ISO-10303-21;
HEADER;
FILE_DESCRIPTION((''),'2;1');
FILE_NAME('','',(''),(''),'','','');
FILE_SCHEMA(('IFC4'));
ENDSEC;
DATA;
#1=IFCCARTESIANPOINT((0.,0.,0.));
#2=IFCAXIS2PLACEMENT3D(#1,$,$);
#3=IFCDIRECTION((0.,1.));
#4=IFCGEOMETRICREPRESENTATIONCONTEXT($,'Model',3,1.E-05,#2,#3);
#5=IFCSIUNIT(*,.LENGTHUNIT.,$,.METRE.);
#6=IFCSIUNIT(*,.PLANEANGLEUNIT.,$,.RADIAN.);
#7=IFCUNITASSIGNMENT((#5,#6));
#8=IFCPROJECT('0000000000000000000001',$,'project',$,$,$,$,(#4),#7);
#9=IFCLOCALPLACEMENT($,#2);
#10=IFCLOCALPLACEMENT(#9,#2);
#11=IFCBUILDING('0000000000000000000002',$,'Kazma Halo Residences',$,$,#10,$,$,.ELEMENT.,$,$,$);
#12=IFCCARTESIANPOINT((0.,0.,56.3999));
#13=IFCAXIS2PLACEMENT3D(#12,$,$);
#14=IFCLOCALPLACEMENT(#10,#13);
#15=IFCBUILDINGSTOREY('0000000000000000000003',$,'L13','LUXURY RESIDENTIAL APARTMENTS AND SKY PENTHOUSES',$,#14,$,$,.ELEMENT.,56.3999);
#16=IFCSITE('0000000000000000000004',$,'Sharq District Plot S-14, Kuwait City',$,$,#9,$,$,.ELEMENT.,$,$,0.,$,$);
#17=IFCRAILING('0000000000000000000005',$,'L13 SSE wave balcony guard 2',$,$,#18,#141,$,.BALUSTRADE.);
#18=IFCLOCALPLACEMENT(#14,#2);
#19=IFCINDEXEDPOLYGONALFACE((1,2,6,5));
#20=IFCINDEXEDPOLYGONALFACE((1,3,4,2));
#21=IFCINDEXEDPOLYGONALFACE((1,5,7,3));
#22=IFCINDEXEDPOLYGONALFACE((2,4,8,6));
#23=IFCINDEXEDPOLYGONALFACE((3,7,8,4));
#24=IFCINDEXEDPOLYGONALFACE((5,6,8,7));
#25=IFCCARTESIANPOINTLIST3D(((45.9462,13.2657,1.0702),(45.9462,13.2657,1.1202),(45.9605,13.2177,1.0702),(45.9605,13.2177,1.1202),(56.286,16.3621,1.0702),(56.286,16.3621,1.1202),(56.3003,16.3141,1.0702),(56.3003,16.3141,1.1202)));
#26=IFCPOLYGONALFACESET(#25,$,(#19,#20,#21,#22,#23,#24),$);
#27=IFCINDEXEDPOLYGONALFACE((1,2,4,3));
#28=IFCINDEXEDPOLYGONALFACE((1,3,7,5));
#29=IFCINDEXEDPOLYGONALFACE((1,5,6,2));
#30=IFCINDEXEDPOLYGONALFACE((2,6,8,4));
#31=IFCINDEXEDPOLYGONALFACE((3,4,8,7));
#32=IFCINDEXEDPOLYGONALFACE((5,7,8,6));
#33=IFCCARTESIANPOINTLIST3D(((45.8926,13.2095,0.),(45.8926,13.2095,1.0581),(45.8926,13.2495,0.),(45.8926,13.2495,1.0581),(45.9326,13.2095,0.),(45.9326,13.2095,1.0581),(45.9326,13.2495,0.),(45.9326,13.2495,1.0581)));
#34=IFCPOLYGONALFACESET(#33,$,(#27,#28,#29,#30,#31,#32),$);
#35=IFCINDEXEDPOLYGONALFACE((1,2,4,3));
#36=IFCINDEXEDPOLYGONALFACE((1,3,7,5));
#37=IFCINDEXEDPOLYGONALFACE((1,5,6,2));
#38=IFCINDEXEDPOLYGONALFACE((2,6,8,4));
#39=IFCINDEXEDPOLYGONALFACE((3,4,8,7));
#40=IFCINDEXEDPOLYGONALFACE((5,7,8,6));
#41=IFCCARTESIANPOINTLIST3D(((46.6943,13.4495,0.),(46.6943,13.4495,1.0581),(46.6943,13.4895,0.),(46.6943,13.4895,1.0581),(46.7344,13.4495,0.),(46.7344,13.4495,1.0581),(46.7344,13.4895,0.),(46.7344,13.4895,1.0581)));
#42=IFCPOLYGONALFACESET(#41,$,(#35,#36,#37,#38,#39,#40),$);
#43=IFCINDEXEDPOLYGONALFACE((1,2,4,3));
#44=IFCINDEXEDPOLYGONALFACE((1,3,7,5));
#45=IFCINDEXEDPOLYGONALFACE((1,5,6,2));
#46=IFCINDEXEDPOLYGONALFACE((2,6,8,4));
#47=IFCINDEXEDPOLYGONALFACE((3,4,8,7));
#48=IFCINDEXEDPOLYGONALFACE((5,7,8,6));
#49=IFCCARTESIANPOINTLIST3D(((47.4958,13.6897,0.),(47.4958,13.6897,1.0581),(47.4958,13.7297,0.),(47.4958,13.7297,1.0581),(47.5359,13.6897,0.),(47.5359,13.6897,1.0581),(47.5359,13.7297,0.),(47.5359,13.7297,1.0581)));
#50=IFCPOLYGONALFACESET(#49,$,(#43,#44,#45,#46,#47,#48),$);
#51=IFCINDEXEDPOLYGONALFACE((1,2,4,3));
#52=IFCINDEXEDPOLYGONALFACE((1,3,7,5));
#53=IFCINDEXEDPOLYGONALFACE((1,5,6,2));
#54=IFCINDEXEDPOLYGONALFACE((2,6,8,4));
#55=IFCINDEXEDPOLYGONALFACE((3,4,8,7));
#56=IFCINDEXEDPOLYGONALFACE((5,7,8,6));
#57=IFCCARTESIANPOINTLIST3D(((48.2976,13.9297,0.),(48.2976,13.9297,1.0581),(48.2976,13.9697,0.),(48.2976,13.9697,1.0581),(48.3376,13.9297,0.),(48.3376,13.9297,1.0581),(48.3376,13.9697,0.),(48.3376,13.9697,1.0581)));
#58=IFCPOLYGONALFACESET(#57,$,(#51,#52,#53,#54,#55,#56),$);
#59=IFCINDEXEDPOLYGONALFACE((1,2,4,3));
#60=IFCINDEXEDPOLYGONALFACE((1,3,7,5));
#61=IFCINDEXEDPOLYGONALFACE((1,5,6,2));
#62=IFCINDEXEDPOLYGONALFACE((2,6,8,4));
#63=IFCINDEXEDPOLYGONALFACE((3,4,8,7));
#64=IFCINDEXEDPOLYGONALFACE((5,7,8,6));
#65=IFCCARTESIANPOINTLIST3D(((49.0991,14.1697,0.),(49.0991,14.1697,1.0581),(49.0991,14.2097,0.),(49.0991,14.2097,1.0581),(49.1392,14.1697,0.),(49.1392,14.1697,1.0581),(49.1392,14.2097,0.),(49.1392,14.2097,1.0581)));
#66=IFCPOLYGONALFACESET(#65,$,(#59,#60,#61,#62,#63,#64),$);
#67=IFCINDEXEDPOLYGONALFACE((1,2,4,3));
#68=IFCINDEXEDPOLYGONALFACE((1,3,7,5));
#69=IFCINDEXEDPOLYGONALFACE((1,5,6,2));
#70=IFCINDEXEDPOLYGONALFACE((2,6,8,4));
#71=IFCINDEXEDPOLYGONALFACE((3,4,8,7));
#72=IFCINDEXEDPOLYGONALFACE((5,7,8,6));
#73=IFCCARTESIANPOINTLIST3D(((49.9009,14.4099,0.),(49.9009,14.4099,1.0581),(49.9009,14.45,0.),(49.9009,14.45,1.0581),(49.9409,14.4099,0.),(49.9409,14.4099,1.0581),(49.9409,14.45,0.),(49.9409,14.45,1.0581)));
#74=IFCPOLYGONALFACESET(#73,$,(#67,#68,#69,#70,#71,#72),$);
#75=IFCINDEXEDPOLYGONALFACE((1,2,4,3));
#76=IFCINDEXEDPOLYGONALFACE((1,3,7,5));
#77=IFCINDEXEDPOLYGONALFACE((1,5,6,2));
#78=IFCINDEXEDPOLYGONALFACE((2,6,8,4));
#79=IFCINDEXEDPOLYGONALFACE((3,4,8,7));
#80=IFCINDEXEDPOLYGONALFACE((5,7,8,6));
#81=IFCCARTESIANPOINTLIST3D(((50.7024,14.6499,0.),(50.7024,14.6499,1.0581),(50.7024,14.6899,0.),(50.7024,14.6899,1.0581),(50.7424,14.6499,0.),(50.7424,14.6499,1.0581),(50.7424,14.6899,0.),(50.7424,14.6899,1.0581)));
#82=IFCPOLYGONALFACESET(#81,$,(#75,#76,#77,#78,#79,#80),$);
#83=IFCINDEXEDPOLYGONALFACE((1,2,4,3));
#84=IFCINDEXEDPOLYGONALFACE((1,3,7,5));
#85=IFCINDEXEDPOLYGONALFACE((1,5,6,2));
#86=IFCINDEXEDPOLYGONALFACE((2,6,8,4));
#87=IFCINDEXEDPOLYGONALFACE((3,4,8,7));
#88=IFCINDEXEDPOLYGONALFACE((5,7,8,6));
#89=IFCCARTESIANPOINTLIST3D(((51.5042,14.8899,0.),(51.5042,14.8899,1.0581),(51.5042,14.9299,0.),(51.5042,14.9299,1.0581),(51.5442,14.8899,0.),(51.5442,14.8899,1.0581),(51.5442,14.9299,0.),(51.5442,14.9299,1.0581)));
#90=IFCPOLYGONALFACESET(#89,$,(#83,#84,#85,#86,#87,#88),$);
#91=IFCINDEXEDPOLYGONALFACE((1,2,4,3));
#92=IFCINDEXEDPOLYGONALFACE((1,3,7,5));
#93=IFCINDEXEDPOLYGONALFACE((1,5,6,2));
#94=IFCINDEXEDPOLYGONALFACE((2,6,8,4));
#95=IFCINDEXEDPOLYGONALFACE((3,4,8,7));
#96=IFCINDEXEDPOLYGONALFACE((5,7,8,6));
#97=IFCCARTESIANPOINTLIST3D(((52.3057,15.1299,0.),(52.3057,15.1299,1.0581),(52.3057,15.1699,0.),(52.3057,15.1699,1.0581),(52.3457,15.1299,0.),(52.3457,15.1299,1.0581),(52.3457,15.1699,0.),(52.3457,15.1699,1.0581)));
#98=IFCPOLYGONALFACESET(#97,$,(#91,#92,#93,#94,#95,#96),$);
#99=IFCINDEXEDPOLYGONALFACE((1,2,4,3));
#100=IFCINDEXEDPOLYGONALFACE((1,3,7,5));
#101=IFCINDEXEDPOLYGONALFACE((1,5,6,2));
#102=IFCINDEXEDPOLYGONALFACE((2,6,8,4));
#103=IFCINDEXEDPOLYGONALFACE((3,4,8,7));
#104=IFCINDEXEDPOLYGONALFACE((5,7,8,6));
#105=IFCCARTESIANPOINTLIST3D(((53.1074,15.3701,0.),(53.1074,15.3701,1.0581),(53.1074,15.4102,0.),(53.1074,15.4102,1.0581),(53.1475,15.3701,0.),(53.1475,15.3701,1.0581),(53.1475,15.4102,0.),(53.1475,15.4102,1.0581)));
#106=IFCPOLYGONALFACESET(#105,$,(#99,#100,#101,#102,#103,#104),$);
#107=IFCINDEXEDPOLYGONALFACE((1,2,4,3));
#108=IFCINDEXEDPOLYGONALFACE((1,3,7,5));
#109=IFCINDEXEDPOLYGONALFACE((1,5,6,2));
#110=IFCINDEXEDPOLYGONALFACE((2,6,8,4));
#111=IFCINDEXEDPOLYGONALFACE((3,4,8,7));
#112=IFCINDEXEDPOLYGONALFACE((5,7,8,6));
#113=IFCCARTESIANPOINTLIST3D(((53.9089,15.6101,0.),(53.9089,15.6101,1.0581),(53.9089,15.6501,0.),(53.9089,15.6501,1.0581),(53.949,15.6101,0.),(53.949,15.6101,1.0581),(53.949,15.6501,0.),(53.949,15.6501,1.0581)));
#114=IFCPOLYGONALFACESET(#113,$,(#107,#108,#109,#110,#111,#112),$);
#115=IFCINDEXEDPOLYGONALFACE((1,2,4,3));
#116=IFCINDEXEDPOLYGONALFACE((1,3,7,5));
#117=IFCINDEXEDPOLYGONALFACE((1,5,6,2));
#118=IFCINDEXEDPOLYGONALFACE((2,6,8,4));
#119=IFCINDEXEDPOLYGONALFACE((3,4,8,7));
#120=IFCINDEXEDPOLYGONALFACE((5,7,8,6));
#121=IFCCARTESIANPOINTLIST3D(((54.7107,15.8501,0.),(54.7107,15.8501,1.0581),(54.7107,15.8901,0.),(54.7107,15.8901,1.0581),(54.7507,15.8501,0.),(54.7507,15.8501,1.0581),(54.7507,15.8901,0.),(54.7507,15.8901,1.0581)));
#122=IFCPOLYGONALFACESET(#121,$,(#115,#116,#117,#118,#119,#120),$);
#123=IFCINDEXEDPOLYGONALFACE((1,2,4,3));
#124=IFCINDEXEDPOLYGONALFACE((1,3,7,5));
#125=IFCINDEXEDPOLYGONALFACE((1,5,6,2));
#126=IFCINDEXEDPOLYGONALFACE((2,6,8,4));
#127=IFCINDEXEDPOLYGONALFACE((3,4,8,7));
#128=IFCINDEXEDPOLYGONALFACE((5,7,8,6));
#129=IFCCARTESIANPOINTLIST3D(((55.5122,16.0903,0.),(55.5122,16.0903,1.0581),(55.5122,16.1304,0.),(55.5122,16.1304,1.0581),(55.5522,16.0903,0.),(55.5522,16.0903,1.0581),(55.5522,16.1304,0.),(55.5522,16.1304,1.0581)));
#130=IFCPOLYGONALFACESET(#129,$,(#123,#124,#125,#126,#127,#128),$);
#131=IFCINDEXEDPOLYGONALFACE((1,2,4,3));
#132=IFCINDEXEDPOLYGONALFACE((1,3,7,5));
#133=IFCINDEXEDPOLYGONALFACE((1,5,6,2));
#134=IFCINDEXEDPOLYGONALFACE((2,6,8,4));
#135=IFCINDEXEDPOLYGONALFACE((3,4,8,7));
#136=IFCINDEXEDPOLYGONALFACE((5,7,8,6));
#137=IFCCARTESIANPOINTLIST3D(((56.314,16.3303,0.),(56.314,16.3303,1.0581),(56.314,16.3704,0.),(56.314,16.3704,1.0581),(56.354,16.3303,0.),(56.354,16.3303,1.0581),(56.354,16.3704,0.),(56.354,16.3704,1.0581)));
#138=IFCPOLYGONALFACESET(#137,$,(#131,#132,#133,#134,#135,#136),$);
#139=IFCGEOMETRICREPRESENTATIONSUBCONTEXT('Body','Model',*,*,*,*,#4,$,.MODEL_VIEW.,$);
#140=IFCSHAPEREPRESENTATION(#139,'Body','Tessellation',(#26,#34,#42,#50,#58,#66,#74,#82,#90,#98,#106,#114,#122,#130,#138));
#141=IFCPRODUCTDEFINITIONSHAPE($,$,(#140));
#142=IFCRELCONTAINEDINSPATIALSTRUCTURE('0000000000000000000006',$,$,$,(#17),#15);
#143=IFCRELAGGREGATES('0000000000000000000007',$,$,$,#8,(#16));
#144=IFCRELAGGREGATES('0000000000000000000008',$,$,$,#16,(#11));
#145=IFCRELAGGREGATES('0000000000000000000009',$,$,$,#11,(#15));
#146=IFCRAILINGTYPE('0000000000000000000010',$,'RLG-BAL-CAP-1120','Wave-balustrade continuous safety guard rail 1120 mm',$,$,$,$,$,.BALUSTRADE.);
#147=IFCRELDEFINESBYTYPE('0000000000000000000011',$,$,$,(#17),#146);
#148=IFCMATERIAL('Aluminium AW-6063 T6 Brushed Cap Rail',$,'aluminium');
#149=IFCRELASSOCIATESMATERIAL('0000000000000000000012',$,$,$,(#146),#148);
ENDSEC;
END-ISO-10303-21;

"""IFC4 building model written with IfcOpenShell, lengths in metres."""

from ifc_helpers import new_model, si_unit, direction, frame, origin, origin_2d, place, context, subcontext, project, spatial, rectangle, extrude, material, type_object, element, save


model = new_model("IFC4")

# Units and contexts
model_context = context("Model", 3, precision=1e-05, world=origin(), true_north=direction((0.0, 1.0)))
body_context = subcontext(model_context, "Body", "Model", "MODEL_VIEW")
ifc_project = project(units=[si_unit("LENGTHUNIT", "METRE"), si_unit("PLANEANGLEUNIT", "RADIAN")], contexts=[model_context])

# Site, building, storey
site_placement = place(None, origin())
site = spatial("IfcSite", under=ifc_project, at=site_placement, Name="Sharq District Plot S-14, Kuwait City", CompositionType="ELEMENT", RefElevation=0.0)
building_placement = place(site_placement, origin())
building = spatial("IfcBuilding", under=site, at=building_placement, Name="Kazma Halo Residences", CompositionType="ELEMENT")
storey_placement = place(building_placement, frame((0.0, 0.0, 56.3999)))
storey = spatial("IfcBuildingStorey", under=building, at=storey_placement, Name="L13", Description="LUXURY RESIDENTIAL APARTMENTS AND SKY PENTHOUSES", CompositionType="ELEMENT", Elevation=56.3999)

# Railing
ifc_material_1 = material(Name="Aluminium AW-6063 T6 Brushed Cap Rail", Category="aluminium")
railing_type = type_object("IfcRailingType", Name="RLG-BAL-CAP-1120", Description="Wave-balustrade continuous safety guard rail 1120 mm", PredefinedType="BALUSTRADE", material=ifc_material_1)
railing_1_placement = place(storey_placement, frame((45.9126, 13.2295, 0.0)))
element("IfcRailing", 1, at=railing_1_placement, inside=storey, type_object=railing_type, Name="L13 SSE wave balcony guard 2", PredefinedType="BALUSTRADE", context=body_context, shape_type="SweptSolid", body=[
    extrude(rectangle(XDim=0.05, YDim=0.05, at=origin_2d()), frame((0.0408, 0.0122, 1.0952), z_axis=(0.957967, 0.286878, 0.0), x_axis=(-0.286878, 0.957967, 0.0)), (0.0, 0.0, 1.0), 10.7935),
    extrude(rectangle(XDim=0.04, YDim=0.04, at=origin_2d()), origin(), (0.0, 0.0, 1.0), 1.0581),
    extrude(rectangle(XDim=0.04, YDim=0.04, at=origin_2d()), frame((0.8018, 0.24, 0.0)), (0.0, 0.0, 1.0), 1.0581),
    extrude(rectangle(XDim=0.04, YDim=0.04, at=origin_2d()), frame((1.6033, 0.4802, 0.0)), (0.0, 0.0, 1.0), 1.0581),
    extrude(rectangle(XDim=0.04, YDim=0.04, at=origin_2d()), frame((2.405, 0.7202, 0.0)), (0.0, 0.0, 1.0), 1.0581),
    extrude(rectangle(XDim=0.04, YDim=0.04, at=origin_2d()), frame((3.2065, 0.9602, 0.0)), (0.0, 0.0, 1.0), 1.0581),
    extrude(rectangle(XDim=0.04, YDim=0.04, at=origin_2d()), frame((4.0083, 1.2004, 0.0)), (0.0, 0.0, 1.0), 1.0581),
    extrude(rectangle(XDim=0.04, YDim=0.04, at=origin_2d()), frame((4.8098, 1.4404, 0.0)), (0.0, 0.0, 1.0), 1.0581),
    extrude(rectangle(XDim=0.04, YDim=0.04, at=origin_2d()), frame((5.6116, 1.6804, 0.0)), (0.0, 0.0, 1.0), 1.0581),
    extrude(rectangle(XDim=0.04, YDim=0.04, at=origin_2d()), frame((6.4131, 1.9204, 0.0)), (0.0, 0.0, 1.0), 1.0581),
    extrude(rectangle(XDim=0.04, YDim=0.04, at=origin_2d()), frame((7.2148, 2.1606, 0.0)), (0.0, 0.0, 1.0), 1.0581),
    extrude(rectangle(XDim=0.04, YDim=0.04, at=origin_2d()), frame((8.0164, 2.4006, 0.0)), (0.0, 0.0, 1.0), 1.0581),
    extrude(rectangle(XDim=0.04, YDim=0.04, at=origin_2d()), frame((8.8181, 2.6406, 0.0)), (0.0, 0.0, 1.0), 1.0581),
    extrude(rectangle(XDim=0.04, YDim=0.04, at=origin_2d()), frame((9.6196, 2.8809, 0.0)), (0.0, 0.0, 1.0), 1.0581),
    extrude(rectangle(XDim=0.04, YDim=0.04, at=origin_2d()), frame((10.4214, 3.1208, 0.0)), (0.0, 0.0, 1.0), 1.0581),
])

save(model, "model.ifc")
